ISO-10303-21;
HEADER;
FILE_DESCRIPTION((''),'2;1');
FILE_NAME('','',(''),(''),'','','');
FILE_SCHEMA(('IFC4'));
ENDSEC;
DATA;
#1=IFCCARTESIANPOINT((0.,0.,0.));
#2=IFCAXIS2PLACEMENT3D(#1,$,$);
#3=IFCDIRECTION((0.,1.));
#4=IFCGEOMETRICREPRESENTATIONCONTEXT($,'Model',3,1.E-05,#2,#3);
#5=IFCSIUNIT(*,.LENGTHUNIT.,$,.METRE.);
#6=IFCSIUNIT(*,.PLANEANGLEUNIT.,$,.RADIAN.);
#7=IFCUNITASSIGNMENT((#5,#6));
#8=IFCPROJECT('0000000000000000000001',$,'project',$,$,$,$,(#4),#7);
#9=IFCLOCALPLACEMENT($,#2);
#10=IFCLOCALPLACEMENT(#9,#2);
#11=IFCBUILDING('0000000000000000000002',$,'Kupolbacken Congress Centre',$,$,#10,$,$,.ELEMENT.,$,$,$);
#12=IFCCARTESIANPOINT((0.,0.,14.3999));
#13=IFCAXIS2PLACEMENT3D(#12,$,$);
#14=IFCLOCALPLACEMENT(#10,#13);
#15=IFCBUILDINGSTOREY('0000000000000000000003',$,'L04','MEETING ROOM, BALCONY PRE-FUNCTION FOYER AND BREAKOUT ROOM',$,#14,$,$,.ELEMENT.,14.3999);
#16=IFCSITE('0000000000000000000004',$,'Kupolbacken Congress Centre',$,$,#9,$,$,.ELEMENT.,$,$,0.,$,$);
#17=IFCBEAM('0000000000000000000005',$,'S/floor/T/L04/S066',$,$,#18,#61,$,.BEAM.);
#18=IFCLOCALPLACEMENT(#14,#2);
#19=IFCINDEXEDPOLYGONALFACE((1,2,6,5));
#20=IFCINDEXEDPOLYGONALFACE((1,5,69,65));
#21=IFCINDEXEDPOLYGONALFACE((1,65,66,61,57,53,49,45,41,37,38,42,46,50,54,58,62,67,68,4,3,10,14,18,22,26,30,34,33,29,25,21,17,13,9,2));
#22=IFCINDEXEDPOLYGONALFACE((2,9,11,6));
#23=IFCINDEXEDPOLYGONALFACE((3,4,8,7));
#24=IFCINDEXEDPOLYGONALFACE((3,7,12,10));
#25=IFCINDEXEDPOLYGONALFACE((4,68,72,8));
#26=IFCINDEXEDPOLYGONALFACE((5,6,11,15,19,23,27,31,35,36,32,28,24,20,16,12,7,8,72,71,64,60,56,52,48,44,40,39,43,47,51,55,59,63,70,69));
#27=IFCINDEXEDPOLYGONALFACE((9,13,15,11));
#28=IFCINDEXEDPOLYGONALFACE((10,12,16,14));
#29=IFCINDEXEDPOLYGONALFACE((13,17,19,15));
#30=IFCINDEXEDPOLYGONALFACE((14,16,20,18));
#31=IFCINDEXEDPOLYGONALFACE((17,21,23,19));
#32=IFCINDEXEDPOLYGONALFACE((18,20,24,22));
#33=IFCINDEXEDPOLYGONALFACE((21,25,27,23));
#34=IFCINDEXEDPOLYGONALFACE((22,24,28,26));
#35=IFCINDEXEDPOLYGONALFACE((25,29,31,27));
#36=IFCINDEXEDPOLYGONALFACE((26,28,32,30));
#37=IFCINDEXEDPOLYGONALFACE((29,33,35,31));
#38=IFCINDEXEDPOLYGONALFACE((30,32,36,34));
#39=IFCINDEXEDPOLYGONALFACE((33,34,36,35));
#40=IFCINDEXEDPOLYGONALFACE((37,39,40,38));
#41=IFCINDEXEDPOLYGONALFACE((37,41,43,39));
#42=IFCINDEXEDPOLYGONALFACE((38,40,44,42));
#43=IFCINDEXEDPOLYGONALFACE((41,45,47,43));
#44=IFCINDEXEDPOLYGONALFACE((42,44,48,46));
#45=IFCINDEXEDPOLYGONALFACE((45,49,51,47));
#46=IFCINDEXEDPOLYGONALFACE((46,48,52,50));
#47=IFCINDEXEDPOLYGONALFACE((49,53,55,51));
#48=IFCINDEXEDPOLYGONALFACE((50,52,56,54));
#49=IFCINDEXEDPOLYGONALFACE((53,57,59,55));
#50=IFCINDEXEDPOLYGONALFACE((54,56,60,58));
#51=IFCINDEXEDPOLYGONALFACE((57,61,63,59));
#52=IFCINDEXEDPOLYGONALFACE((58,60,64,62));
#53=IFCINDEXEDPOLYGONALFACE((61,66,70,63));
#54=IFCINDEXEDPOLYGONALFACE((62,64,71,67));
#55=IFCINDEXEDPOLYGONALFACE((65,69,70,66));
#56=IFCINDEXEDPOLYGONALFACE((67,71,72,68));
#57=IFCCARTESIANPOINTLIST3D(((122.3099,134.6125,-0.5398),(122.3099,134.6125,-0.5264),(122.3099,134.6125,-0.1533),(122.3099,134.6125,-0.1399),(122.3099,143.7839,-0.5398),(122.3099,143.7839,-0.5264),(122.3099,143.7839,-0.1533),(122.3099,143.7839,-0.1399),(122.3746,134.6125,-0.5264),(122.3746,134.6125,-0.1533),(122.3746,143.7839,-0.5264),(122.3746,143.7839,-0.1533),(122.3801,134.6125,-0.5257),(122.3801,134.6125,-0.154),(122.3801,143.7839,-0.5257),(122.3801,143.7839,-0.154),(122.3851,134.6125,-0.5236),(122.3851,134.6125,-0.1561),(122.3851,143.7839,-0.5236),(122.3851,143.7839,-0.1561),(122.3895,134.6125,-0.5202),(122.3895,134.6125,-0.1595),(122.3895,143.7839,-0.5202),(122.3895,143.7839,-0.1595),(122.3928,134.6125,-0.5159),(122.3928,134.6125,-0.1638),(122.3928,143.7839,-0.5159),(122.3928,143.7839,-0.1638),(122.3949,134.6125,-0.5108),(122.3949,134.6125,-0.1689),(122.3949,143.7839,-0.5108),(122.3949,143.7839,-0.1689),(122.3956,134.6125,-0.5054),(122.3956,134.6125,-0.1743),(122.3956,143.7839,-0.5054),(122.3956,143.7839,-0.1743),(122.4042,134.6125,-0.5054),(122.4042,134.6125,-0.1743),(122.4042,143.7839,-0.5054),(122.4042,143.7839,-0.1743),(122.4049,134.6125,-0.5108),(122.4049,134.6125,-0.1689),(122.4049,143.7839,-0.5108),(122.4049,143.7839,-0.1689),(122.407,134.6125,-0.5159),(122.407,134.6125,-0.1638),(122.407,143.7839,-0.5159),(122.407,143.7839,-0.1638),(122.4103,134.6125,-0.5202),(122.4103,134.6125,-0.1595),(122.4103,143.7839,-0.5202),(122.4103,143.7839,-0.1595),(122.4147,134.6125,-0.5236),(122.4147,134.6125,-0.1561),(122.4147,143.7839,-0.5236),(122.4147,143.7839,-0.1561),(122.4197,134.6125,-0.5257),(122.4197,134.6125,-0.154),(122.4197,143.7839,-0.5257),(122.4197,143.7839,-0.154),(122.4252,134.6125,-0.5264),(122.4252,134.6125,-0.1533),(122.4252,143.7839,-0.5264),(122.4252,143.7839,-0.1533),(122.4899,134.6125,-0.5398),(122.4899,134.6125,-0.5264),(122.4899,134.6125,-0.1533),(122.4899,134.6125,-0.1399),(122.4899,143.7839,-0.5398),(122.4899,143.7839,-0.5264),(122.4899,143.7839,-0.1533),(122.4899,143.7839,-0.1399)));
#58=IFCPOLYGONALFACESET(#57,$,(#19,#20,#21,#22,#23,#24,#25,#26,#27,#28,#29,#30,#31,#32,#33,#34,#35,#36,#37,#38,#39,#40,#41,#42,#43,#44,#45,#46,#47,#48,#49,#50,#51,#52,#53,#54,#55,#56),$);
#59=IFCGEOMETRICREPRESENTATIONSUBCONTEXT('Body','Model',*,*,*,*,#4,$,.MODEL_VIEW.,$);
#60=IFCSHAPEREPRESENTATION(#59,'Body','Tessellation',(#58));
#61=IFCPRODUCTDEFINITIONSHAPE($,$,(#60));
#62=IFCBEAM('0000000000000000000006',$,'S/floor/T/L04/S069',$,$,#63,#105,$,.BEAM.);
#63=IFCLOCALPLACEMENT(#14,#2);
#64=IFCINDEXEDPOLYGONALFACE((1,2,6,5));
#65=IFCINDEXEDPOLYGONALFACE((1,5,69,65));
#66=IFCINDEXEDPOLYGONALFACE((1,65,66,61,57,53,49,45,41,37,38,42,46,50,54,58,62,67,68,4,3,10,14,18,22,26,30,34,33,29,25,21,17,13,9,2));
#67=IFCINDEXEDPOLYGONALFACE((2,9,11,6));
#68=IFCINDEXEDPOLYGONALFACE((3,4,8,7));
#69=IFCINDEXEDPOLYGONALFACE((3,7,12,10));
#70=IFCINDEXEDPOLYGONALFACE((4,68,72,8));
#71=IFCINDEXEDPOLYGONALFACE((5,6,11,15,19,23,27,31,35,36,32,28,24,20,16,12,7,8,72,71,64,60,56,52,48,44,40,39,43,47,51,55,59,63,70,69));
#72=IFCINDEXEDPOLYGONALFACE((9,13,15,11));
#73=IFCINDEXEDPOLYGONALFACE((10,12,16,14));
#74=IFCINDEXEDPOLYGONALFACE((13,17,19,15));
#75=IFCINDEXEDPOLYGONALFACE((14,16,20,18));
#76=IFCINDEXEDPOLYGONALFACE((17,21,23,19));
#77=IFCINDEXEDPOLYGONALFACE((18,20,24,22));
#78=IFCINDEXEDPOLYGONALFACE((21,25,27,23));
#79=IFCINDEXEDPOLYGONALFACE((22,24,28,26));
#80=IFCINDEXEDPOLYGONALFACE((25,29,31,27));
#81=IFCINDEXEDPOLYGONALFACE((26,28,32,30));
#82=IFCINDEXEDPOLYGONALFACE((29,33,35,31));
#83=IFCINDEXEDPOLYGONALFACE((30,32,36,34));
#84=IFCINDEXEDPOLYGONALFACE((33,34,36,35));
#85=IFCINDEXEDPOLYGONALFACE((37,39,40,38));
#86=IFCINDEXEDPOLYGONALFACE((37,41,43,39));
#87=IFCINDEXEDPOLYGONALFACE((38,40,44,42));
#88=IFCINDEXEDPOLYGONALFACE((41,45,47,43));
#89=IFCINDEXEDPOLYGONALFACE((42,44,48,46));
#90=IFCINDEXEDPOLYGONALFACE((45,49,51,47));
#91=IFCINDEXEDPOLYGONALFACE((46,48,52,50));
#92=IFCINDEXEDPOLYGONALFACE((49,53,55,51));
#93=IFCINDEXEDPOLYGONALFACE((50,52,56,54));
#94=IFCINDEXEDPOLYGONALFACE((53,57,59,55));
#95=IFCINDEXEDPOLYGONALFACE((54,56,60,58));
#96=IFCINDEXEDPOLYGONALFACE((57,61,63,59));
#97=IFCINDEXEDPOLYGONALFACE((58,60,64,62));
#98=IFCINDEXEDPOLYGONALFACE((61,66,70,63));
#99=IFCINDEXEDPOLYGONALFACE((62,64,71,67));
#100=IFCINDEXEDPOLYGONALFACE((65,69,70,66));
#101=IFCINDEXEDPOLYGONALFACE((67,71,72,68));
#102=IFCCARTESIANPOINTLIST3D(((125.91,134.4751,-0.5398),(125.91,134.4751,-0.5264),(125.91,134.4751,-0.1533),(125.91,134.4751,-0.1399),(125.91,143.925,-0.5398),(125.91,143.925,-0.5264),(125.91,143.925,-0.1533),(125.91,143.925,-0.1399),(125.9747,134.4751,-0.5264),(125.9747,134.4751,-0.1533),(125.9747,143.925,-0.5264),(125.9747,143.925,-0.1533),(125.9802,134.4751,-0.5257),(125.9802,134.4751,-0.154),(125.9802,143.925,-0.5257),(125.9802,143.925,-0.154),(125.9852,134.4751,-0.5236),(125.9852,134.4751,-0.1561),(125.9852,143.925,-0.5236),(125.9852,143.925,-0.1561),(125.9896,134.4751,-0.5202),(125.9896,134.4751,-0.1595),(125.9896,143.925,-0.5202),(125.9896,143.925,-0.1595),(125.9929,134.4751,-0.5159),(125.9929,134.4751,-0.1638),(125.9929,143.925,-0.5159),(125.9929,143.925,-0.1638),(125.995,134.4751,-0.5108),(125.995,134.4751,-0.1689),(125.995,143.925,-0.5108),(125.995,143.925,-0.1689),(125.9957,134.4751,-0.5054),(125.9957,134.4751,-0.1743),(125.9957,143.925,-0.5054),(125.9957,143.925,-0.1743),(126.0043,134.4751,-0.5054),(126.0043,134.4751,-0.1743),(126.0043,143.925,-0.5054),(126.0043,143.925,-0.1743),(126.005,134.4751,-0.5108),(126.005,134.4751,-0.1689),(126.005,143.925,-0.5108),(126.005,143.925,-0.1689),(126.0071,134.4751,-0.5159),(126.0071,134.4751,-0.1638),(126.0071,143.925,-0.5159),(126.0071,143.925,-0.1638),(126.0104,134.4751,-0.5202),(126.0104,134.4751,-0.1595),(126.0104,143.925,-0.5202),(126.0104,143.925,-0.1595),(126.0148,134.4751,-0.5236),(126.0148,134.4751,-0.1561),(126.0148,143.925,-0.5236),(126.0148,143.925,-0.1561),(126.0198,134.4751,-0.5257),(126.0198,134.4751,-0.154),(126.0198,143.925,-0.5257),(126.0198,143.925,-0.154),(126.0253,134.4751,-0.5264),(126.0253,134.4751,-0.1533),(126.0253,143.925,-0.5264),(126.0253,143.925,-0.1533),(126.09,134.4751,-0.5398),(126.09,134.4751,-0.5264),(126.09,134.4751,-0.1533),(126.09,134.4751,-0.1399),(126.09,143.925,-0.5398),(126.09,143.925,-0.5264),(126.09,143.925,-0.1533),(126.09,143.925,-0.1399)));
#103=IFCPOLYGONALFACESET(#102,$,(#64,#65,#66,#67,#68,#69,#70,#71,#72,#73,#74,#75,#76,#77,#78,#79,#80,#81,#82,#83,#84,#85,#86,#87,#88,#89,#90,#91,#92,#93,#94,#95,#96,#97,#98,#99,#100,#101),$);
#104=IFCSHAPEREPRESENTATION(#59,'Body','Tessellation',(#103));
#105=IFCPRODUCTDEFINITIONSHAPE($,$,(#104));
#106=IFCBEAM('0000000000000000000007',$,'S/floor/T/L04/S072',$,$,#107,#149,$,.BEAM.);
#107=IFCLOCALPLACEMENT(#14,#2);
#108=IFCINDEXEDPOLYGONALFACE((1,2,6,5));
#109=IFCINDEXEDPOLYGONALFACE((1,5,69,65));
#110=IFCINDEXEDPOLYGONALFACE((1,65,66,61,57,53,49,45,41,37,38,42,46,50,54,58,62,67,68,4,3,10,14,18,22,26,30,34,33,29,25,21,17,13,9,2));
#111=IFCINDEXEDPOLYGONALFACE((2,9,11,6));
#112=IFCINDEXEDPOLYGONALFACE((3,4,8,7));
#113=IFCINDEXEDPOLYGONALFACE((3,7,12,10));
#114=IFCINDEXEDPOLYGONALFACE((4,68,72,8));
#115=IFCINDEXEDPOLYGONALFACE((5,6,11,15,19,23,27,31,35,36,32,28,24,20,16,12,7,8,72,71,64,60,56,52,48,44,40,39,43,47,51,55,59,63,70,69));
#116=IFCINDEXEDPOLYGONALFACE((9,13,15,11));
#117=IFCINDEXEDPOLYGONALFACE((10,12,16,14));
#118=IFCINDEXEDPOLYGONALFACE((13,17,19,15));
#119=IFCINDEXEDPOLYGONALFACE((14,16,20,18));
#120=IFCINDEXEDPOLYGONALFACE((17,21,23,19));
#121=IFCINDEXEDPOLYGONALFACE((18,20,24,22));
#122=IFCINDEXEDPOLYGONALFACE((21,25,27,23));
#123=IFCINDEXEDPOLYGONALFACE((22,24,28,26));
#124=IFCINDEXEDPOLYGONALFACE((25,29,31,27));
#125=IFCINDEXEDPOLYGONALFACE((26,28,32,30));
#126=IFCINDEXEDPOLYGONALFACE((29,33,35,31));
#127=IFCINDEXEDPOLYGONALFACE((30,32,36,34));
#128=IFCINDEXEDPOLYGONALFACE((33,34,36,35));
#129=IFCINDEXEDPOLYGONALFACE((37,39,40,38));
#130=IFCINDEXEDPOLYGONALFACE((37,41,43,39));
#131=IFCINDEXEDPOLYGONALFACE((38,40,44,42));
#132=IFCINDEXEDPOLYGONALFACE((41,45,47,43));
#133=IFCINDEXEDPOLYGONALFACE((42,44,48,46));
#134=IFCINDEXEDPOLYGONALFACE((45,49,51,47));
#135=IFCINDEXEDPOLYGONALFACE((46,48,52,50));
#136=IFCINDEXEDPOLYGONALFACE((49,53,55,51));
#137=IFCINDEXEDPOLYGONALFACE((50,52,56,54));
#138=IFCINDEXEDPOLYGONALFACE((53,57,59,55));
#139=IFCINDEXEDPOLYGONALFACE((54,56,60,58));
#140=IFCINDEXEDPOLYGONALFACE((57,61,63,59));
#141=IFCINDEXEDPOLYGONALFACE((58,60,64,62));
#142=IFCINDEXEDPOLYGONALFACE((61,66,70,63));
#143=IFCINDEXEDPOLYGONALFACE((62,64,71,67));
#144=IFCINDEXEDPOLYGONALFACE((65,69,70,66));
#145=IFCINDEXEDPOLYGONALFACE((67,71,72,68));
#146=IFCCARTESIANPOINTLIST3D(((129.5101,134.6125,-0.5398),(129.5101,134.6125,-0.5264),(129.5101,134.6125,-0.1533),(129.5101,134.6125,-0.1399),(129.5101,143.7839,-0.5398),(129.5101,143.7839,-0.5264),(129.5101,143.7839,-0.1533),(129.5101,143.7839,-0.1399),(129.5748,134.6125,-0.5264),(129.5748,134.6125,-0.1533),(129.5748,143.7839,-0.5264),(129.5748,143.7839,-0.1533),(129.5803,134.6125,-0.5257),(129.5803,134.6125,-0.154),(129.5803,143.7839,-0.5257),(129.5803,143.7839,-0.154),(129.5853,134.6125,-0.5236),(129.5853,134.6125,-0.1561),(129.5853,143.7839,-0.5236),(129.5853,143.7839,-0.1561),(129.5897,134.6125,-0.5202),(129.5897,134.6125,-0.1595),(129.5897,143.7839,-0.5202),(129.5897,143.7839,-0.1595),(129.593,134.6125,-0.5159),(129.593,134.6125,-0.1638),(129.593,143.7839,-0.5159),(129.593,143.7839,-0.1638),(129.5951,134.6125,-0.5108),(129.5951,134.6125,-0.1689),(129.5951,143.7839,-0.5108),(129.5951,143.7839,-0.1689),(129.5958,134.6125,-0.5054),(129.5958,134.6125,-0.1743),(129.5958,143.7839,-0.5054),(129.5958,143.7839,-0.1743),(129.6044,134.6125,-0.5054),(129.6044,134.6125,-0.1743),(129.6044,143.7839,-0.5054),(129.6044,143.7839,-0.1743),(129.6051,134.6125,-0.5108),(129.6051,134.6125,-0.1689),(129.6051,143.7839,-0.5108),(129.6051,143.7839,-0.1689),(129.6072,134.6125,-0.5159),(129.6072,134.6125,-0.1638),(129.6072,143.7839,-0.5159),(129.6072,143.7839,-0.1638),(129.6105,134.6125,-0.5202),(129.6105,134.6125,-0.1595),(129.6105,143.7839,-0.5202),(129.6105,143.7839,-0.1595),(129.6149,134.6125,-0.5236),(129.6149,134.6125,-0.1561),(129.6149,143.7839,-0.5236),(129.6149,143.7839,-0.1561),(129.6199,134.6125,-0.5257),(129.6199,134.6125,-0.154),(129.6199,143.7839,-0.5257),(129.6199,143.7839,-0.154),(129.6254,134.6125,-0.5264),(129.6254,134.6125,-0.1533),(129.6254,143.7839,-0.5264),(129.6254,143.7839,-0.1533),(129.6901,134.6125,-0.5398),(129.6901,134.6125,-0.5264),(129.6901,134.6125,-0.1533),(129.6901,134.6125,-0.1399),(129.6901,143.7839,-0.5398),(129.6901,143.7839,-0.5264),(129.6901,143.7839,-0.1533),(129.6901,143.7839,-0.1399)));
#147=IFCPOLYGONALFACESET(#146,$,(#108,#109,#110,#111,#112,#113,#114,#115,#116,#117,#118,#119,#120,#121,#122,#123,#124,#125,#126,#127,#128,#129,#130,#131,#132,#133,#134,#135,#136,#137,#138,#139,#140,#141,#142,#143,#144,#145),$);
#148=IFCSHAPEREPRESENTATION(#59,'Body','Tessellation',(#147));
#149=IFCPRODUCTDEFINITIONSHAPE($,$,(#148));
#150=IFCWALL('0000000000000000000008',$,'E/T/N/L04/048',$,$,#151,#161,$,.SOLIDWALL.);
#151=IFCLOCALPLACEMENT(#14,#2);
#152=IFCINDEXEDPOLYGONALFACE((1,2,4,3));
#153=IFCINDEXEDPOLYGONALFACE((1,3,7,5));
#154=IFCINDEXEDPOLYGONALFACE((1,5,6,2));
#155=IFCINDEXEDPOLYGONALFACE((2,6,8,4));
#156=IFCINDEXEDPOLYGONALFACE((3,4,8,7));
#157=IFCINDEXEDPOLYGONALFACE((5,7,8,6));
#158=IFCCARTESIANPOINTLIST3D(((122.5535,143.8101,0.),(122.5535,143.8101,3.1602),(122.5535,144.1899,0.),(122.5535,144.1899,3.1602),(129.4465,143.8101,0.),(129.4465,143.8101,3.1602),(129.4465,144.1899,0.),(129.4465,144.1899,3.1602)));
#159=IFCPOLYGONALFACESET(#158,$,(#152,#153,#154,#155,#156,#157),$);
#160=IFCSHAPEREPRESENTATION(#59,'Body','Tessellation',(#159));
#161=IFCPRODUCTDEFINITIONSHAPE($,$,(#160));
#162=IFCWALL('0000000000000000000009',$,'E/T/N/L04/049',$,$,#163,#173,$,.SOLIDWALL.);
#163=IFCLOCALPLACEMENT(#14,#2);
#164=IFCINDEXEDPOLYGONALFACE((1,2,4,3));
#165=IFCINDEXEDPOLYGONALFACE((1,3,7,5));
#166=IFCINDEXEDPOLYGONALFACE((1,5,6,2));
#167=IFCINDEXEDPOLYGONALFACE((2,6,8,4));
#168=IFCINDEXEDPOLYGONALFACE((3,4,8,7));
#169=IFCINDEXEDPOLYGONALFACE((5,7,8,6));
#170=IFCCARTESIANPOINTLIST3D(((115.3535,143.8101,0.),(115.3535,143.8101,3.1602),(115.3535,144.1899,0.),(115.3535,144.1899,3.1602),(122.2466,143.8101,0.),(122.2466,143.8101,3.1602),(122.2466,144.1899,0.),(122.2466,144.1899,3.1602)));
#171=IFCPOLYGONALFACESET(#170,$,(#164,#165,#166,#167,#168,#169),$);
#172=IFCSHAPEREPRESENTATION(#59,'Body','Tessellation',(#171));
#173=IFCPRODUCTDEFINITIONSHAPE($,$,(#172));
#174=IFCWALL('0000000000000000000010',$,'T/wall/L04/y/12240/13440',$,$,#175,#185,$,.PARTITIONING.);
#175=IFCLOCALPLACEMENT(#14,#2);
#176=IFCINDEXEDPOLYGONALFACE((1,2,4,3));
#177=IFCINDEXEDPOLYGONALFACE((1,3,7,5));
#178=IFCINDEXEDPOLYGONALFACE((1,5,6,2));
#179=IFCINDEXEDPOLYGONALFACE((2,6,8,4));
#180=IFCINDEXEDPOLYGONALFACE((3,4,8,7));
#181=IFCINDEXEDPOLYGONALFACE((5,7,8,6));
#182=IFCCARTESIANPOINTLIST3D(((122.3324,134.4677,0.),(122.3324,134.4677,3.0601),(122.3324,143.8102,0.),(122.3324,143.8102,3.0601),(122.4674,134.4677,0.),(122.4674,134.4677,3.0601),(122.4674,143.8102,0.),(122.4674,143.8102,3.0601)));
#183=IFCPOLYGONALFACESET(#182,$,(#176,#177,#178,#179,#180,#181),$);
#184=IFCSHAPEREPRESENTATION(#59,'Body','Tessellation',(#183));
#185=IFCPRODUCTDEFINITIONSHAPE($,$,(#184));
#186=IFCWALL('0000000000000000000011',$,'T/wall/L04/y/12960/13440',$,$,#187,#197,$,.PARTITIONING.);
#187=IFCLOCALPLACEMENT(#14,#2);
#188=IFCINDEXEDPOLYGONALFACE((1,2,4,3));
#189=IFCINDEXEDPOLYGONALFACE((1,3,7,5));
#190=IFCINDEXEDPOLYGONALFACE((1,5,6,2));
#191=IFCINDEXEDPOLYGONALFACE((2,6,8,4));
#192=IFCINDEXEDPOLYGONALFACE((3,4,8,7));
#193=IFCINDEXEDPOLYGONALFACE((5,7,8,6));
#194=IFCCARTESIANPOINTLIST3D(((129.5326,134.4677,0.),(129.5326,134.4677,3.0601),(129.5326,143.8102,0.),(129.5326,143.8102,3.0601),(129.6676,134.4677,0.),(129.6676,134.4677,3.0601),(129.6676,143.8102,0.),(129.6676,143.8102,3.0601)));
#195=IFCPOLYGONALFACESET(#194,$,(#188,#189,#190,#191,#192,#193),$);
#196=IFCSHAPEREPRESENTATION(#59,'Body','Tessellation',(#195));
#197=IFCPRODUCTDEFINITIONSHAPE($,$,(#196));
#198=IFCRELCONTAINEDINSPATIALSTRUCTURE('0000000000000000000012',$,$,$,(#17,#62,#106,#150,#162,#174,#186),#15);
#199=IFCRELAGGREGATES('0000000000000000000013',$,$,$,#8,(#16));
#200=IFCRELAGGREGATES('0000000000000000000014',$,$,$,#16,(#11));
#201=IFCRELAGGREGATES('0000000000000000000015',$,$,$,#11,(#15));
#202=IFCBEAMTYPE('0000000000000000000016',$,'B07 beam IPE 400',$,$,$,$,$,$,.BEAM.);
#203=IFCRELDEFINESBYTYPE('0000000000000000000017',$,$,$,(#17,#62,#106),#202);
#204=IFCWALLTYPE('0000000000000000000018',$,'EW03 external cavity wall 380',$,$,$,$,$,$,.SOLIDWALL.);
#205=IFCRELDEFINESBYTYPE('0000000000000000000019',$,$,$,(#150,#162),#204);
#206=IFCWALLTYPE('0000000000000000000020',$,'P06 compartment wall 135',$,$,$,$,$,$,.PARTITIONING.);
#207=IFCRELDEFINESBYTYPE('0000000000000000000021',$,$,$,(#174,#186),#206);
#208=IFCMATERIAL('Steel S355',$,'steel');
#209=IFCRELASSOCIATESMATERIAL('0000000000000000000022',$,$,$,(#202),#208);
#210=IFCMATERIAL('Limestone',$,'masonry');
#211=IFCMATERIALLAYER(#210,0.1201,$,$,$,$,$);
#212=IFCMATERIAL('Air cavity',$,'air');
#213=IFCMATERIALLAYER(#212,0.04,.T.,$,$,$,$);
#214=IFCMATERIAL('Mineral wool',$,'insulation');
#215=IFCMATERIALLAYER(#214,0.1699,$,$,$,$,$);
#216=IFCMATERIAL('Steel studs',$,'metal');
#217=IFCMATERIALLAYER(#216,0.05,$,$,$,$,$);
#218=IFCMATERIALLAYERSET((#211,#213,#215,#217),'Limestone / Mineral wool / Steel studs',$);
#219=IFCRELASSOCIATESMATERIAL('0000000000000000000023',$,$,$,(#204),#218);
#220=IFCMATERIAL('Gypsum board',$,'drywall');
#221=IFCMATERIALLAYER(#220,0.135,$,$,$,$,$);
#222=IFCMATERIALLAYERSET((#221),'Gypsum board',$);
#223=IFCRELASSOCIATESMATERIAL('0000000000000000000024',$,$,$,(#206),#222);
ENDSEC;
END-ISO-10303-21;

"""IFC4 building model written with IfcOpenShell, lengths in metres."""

from ifc_helpers import new_model, si_unit, direction, frame, frame_2d, origin, origin_2d, place, context, subcontext, project, spatial, rectangle, i_section, extrude, material, layer, layer_set, material_profile, profile_set, type_object, element, save


model = new_model("IFC4")

# Units and contexts
model_context = context("Model", 3, precision=1e-05, world=origin(), true_north=direction((0.0, 1.0)))
body_context = subcontext(model_context, "Body", "Model", "MODEL_VIEW")
ifc_project = project(units=[si_unit("LENGTHUNIT", "METRE"), si_unit("PLANEANGLEUNIT", "RADIAN")], contexts=[model_context])

# Site, building, storey
site_placement = place(None, origin())
site = spatial("IfcSite", under=ifc_project, at=site_placement, Name="Kupolbacken Congress Centre", CompositionType="ELEMENT", RefElevation=0.0)
building_placement = place(site_placement, origin())
building = spatial("IfcBuilding", under=site, at=building_placement, Name="Kupolbacken Congress Centre", CompositionType="ELEMENT")
storey_placement = place(building_placement, frame((0.0, 0.0, 14.3999)))
storey = spatial("IfcBuildingStorey", under=building, at=storey_placement, Name="L04", Description="MEETING ROOM, BALCONY PRE-FUNCTION FOYER AND BREAKOUT ROOM", CompositionType="ELEMENT", Elevation=14.3999)

# Beams
ifc_material_1 = material(Name="Steel S355", Category="steel")
ifc_material_profile_1 = material_profile(ifc_material_1, i_section(OverallWidth=0.1799, OverallDepth=0.3999, WebThickness=0.0085, FlangeThickness=0.0134, FilletRadius=0.021, at=origin_2d()), Name="IPE 400")
ifc_profile_set_1 = profile_set([ifc_material_profile_1], Name="Steel S355")
beam_type_1 = type_object("IfcBeamType", Name="B07 beam IPE 400", PredefinedType="BEAM", material=ifc_profile_set_1)
beam_1_placement = place(storey_placement, frame((122.3999, 134.6125, -0.3398), z_axis=(0.0, 1.0, 0.0), x_axis=(-1.0, 0.0, 0.0)))
element("IfcBeam", 1, at=beam_1_placement, inside=storey, type_object=beam_type_1, Name="S/floor/T/L04/S066", PredefinedType="BEAM", context=body_context, shape_type="SweptSolid", body=[
    extrude(i_section(OverallWidth=0.1799, OverallDepth=0.3999, WebThickness=0.0085, FlangeThickness=0.0134, FilletRadius=0.021, at=origin_2d()), origin(), (0.0, 0.0, 1.0), 9.1714),
])
beam_2_placement = place(storey_placement, frame((126.0, 134.4751, -0.3398), z_axis=(0.0, 1.0, 0.0), x_axis=(-1.0, 0.0, 0.0)))
element("IfcBeam", 2, at=beam_2_placement, inside=storey, type_object=beam_type_1, Name="S/floor/T/L04/S069", PredefinedType="BEAM", context=body_context, shape_type="SweptSolid", body=[
    extrude(i_section(OverallWidth=0.1799, OverallDepth=0.3999, WebThickness=0.0085, FlangeThickness=0.0134, FilletRadius=0.021, at=origin_2d()), origin(), (0.0, 0.0, 1.0), 9.45),
])
beam_3_placement = place(storey_placement, frame((129.6001, 134.6125, -0.3398), z_axis=(0.0, 1.0, 0.0), x_axis=(-1.0, 0.0, 0.0)))
element("IfcBeam", 3, at=beam_3_placement, inside=storey, type_object=beam_type_1, Name="S/floor/T/L04/S072", PredefinedType="BEAM", context=body_context, shape_type="SweptSolid", body=[
    extrude(i_section(OverallWidth=0.1799, OverallDepth=0.3999, WebThickness=0.0085, FlangeThickness=0.0134, FilletRadius=0.021, at=origin_2d()), origin(), (0.0, 0.0, 1.0), 9.1714),
])

# Walls
ifc_material_2 = material(Name="Limestone", Category="masonry")
ifc_layer_1 = layer(ifc_material_2, 0.1201)
ifc_material_3 = material(Name="Air cavity", Category="air")
ifc_layer_2 = layer(ifc_material_3, 0.04, ventilated=True)
ifc_material_4 = material(Name="Mineral wool", Category="insulation")
ifc_layer_3 = layer(ifc_material_4, 0.1699)
ifc_material_5 = material(Name="Steel studs", Category="metal")
ifc_layer_4 = layer(ifc_material_5, 0.05)
ifc_layer_set_1 = layer_set([ifc_layer_1, ifc_layer_2, ifc_layer_3, ifc_layer_4], Name="Limestone / Mineral wool / Steel studs")
wall_type_1 = type_object("IfcWallType", Name="EW03 external cavity wall 380", PredefinedType="SOLIDWALL", material=ifc_layer_set_1)
for number, where, z_axis, x_axis, name in (
    (4, (129.4465, 144.0, 0.0), (0.0, 0.0, 1.0), (-1.0, 0.0, 0.0), "E/T/N/L04/048"),
    (5, (122.2466, 144.0, 0.0), (0.0, 0.0, 1.0), (-1.0, 0.0, 0.0), "E/T/N/L04/049"),
):
    element("IfcWall", number, at=place(storey_placement, frame(where, z_axis=z_axis, x_axis=x_axis)), inside=storey, type_object=wall_type_1, Name=name, PredefinedType="SOLIDWALL", context=body_context, shape_type="SweptSolid", body=[
        extrude(rectangle(XDim=6.8931, YDim=0.3799, at=frame_2d((3.4465, 0.0))), origin(), (0.0, 0.0, 1.0), 3.1602),
    ])
ifc_material_6 = material(Name="Gypsum board", Category="drywall")
ifc_layer_5 = layer(ifc_material_6, 0.135)
ifc_layer_set_2 = layer_set([ifc_layer_5], Name="Gypsum board")
wall_type_2 = type_object("IfcWallType", Name="P06 compartment wall 135", PredefinedType="PARTITIONING", material=ifc_layer_set_2)
for number, where, z_axis, x_axis, name in (
    (6, (122.3999, 134.4675, 0.0), (0.0, 0.0, 1.0), (0.0, 1.0, 0.0), "T/wall/L04/y/12240/13440"),
    (7, (129.6001, 134.4675, 0.0), (0.0, 0.0, 1.0), (0.0, 1.0, 0.0), "T/wall/L04/y/12960/13440"),
):
    element("IfcWall", number, at=place(storey_placement, frame(where, z_axis=z_axis, x_axis=x_axis)), inside=storey, type_object=wall_type_2, Name=name, PredefinedType="PARTITIONING", context=body_context, shape_type="SweptSolid", body=[
        extrude(rectangle(XDim=9.3425, YDim=0.135, at=frame_2d((4.6714, 0.0))), origin(), (0.0, 0.0, 1.0), 3.0601),
    ])

save(model, "model.ifc")
